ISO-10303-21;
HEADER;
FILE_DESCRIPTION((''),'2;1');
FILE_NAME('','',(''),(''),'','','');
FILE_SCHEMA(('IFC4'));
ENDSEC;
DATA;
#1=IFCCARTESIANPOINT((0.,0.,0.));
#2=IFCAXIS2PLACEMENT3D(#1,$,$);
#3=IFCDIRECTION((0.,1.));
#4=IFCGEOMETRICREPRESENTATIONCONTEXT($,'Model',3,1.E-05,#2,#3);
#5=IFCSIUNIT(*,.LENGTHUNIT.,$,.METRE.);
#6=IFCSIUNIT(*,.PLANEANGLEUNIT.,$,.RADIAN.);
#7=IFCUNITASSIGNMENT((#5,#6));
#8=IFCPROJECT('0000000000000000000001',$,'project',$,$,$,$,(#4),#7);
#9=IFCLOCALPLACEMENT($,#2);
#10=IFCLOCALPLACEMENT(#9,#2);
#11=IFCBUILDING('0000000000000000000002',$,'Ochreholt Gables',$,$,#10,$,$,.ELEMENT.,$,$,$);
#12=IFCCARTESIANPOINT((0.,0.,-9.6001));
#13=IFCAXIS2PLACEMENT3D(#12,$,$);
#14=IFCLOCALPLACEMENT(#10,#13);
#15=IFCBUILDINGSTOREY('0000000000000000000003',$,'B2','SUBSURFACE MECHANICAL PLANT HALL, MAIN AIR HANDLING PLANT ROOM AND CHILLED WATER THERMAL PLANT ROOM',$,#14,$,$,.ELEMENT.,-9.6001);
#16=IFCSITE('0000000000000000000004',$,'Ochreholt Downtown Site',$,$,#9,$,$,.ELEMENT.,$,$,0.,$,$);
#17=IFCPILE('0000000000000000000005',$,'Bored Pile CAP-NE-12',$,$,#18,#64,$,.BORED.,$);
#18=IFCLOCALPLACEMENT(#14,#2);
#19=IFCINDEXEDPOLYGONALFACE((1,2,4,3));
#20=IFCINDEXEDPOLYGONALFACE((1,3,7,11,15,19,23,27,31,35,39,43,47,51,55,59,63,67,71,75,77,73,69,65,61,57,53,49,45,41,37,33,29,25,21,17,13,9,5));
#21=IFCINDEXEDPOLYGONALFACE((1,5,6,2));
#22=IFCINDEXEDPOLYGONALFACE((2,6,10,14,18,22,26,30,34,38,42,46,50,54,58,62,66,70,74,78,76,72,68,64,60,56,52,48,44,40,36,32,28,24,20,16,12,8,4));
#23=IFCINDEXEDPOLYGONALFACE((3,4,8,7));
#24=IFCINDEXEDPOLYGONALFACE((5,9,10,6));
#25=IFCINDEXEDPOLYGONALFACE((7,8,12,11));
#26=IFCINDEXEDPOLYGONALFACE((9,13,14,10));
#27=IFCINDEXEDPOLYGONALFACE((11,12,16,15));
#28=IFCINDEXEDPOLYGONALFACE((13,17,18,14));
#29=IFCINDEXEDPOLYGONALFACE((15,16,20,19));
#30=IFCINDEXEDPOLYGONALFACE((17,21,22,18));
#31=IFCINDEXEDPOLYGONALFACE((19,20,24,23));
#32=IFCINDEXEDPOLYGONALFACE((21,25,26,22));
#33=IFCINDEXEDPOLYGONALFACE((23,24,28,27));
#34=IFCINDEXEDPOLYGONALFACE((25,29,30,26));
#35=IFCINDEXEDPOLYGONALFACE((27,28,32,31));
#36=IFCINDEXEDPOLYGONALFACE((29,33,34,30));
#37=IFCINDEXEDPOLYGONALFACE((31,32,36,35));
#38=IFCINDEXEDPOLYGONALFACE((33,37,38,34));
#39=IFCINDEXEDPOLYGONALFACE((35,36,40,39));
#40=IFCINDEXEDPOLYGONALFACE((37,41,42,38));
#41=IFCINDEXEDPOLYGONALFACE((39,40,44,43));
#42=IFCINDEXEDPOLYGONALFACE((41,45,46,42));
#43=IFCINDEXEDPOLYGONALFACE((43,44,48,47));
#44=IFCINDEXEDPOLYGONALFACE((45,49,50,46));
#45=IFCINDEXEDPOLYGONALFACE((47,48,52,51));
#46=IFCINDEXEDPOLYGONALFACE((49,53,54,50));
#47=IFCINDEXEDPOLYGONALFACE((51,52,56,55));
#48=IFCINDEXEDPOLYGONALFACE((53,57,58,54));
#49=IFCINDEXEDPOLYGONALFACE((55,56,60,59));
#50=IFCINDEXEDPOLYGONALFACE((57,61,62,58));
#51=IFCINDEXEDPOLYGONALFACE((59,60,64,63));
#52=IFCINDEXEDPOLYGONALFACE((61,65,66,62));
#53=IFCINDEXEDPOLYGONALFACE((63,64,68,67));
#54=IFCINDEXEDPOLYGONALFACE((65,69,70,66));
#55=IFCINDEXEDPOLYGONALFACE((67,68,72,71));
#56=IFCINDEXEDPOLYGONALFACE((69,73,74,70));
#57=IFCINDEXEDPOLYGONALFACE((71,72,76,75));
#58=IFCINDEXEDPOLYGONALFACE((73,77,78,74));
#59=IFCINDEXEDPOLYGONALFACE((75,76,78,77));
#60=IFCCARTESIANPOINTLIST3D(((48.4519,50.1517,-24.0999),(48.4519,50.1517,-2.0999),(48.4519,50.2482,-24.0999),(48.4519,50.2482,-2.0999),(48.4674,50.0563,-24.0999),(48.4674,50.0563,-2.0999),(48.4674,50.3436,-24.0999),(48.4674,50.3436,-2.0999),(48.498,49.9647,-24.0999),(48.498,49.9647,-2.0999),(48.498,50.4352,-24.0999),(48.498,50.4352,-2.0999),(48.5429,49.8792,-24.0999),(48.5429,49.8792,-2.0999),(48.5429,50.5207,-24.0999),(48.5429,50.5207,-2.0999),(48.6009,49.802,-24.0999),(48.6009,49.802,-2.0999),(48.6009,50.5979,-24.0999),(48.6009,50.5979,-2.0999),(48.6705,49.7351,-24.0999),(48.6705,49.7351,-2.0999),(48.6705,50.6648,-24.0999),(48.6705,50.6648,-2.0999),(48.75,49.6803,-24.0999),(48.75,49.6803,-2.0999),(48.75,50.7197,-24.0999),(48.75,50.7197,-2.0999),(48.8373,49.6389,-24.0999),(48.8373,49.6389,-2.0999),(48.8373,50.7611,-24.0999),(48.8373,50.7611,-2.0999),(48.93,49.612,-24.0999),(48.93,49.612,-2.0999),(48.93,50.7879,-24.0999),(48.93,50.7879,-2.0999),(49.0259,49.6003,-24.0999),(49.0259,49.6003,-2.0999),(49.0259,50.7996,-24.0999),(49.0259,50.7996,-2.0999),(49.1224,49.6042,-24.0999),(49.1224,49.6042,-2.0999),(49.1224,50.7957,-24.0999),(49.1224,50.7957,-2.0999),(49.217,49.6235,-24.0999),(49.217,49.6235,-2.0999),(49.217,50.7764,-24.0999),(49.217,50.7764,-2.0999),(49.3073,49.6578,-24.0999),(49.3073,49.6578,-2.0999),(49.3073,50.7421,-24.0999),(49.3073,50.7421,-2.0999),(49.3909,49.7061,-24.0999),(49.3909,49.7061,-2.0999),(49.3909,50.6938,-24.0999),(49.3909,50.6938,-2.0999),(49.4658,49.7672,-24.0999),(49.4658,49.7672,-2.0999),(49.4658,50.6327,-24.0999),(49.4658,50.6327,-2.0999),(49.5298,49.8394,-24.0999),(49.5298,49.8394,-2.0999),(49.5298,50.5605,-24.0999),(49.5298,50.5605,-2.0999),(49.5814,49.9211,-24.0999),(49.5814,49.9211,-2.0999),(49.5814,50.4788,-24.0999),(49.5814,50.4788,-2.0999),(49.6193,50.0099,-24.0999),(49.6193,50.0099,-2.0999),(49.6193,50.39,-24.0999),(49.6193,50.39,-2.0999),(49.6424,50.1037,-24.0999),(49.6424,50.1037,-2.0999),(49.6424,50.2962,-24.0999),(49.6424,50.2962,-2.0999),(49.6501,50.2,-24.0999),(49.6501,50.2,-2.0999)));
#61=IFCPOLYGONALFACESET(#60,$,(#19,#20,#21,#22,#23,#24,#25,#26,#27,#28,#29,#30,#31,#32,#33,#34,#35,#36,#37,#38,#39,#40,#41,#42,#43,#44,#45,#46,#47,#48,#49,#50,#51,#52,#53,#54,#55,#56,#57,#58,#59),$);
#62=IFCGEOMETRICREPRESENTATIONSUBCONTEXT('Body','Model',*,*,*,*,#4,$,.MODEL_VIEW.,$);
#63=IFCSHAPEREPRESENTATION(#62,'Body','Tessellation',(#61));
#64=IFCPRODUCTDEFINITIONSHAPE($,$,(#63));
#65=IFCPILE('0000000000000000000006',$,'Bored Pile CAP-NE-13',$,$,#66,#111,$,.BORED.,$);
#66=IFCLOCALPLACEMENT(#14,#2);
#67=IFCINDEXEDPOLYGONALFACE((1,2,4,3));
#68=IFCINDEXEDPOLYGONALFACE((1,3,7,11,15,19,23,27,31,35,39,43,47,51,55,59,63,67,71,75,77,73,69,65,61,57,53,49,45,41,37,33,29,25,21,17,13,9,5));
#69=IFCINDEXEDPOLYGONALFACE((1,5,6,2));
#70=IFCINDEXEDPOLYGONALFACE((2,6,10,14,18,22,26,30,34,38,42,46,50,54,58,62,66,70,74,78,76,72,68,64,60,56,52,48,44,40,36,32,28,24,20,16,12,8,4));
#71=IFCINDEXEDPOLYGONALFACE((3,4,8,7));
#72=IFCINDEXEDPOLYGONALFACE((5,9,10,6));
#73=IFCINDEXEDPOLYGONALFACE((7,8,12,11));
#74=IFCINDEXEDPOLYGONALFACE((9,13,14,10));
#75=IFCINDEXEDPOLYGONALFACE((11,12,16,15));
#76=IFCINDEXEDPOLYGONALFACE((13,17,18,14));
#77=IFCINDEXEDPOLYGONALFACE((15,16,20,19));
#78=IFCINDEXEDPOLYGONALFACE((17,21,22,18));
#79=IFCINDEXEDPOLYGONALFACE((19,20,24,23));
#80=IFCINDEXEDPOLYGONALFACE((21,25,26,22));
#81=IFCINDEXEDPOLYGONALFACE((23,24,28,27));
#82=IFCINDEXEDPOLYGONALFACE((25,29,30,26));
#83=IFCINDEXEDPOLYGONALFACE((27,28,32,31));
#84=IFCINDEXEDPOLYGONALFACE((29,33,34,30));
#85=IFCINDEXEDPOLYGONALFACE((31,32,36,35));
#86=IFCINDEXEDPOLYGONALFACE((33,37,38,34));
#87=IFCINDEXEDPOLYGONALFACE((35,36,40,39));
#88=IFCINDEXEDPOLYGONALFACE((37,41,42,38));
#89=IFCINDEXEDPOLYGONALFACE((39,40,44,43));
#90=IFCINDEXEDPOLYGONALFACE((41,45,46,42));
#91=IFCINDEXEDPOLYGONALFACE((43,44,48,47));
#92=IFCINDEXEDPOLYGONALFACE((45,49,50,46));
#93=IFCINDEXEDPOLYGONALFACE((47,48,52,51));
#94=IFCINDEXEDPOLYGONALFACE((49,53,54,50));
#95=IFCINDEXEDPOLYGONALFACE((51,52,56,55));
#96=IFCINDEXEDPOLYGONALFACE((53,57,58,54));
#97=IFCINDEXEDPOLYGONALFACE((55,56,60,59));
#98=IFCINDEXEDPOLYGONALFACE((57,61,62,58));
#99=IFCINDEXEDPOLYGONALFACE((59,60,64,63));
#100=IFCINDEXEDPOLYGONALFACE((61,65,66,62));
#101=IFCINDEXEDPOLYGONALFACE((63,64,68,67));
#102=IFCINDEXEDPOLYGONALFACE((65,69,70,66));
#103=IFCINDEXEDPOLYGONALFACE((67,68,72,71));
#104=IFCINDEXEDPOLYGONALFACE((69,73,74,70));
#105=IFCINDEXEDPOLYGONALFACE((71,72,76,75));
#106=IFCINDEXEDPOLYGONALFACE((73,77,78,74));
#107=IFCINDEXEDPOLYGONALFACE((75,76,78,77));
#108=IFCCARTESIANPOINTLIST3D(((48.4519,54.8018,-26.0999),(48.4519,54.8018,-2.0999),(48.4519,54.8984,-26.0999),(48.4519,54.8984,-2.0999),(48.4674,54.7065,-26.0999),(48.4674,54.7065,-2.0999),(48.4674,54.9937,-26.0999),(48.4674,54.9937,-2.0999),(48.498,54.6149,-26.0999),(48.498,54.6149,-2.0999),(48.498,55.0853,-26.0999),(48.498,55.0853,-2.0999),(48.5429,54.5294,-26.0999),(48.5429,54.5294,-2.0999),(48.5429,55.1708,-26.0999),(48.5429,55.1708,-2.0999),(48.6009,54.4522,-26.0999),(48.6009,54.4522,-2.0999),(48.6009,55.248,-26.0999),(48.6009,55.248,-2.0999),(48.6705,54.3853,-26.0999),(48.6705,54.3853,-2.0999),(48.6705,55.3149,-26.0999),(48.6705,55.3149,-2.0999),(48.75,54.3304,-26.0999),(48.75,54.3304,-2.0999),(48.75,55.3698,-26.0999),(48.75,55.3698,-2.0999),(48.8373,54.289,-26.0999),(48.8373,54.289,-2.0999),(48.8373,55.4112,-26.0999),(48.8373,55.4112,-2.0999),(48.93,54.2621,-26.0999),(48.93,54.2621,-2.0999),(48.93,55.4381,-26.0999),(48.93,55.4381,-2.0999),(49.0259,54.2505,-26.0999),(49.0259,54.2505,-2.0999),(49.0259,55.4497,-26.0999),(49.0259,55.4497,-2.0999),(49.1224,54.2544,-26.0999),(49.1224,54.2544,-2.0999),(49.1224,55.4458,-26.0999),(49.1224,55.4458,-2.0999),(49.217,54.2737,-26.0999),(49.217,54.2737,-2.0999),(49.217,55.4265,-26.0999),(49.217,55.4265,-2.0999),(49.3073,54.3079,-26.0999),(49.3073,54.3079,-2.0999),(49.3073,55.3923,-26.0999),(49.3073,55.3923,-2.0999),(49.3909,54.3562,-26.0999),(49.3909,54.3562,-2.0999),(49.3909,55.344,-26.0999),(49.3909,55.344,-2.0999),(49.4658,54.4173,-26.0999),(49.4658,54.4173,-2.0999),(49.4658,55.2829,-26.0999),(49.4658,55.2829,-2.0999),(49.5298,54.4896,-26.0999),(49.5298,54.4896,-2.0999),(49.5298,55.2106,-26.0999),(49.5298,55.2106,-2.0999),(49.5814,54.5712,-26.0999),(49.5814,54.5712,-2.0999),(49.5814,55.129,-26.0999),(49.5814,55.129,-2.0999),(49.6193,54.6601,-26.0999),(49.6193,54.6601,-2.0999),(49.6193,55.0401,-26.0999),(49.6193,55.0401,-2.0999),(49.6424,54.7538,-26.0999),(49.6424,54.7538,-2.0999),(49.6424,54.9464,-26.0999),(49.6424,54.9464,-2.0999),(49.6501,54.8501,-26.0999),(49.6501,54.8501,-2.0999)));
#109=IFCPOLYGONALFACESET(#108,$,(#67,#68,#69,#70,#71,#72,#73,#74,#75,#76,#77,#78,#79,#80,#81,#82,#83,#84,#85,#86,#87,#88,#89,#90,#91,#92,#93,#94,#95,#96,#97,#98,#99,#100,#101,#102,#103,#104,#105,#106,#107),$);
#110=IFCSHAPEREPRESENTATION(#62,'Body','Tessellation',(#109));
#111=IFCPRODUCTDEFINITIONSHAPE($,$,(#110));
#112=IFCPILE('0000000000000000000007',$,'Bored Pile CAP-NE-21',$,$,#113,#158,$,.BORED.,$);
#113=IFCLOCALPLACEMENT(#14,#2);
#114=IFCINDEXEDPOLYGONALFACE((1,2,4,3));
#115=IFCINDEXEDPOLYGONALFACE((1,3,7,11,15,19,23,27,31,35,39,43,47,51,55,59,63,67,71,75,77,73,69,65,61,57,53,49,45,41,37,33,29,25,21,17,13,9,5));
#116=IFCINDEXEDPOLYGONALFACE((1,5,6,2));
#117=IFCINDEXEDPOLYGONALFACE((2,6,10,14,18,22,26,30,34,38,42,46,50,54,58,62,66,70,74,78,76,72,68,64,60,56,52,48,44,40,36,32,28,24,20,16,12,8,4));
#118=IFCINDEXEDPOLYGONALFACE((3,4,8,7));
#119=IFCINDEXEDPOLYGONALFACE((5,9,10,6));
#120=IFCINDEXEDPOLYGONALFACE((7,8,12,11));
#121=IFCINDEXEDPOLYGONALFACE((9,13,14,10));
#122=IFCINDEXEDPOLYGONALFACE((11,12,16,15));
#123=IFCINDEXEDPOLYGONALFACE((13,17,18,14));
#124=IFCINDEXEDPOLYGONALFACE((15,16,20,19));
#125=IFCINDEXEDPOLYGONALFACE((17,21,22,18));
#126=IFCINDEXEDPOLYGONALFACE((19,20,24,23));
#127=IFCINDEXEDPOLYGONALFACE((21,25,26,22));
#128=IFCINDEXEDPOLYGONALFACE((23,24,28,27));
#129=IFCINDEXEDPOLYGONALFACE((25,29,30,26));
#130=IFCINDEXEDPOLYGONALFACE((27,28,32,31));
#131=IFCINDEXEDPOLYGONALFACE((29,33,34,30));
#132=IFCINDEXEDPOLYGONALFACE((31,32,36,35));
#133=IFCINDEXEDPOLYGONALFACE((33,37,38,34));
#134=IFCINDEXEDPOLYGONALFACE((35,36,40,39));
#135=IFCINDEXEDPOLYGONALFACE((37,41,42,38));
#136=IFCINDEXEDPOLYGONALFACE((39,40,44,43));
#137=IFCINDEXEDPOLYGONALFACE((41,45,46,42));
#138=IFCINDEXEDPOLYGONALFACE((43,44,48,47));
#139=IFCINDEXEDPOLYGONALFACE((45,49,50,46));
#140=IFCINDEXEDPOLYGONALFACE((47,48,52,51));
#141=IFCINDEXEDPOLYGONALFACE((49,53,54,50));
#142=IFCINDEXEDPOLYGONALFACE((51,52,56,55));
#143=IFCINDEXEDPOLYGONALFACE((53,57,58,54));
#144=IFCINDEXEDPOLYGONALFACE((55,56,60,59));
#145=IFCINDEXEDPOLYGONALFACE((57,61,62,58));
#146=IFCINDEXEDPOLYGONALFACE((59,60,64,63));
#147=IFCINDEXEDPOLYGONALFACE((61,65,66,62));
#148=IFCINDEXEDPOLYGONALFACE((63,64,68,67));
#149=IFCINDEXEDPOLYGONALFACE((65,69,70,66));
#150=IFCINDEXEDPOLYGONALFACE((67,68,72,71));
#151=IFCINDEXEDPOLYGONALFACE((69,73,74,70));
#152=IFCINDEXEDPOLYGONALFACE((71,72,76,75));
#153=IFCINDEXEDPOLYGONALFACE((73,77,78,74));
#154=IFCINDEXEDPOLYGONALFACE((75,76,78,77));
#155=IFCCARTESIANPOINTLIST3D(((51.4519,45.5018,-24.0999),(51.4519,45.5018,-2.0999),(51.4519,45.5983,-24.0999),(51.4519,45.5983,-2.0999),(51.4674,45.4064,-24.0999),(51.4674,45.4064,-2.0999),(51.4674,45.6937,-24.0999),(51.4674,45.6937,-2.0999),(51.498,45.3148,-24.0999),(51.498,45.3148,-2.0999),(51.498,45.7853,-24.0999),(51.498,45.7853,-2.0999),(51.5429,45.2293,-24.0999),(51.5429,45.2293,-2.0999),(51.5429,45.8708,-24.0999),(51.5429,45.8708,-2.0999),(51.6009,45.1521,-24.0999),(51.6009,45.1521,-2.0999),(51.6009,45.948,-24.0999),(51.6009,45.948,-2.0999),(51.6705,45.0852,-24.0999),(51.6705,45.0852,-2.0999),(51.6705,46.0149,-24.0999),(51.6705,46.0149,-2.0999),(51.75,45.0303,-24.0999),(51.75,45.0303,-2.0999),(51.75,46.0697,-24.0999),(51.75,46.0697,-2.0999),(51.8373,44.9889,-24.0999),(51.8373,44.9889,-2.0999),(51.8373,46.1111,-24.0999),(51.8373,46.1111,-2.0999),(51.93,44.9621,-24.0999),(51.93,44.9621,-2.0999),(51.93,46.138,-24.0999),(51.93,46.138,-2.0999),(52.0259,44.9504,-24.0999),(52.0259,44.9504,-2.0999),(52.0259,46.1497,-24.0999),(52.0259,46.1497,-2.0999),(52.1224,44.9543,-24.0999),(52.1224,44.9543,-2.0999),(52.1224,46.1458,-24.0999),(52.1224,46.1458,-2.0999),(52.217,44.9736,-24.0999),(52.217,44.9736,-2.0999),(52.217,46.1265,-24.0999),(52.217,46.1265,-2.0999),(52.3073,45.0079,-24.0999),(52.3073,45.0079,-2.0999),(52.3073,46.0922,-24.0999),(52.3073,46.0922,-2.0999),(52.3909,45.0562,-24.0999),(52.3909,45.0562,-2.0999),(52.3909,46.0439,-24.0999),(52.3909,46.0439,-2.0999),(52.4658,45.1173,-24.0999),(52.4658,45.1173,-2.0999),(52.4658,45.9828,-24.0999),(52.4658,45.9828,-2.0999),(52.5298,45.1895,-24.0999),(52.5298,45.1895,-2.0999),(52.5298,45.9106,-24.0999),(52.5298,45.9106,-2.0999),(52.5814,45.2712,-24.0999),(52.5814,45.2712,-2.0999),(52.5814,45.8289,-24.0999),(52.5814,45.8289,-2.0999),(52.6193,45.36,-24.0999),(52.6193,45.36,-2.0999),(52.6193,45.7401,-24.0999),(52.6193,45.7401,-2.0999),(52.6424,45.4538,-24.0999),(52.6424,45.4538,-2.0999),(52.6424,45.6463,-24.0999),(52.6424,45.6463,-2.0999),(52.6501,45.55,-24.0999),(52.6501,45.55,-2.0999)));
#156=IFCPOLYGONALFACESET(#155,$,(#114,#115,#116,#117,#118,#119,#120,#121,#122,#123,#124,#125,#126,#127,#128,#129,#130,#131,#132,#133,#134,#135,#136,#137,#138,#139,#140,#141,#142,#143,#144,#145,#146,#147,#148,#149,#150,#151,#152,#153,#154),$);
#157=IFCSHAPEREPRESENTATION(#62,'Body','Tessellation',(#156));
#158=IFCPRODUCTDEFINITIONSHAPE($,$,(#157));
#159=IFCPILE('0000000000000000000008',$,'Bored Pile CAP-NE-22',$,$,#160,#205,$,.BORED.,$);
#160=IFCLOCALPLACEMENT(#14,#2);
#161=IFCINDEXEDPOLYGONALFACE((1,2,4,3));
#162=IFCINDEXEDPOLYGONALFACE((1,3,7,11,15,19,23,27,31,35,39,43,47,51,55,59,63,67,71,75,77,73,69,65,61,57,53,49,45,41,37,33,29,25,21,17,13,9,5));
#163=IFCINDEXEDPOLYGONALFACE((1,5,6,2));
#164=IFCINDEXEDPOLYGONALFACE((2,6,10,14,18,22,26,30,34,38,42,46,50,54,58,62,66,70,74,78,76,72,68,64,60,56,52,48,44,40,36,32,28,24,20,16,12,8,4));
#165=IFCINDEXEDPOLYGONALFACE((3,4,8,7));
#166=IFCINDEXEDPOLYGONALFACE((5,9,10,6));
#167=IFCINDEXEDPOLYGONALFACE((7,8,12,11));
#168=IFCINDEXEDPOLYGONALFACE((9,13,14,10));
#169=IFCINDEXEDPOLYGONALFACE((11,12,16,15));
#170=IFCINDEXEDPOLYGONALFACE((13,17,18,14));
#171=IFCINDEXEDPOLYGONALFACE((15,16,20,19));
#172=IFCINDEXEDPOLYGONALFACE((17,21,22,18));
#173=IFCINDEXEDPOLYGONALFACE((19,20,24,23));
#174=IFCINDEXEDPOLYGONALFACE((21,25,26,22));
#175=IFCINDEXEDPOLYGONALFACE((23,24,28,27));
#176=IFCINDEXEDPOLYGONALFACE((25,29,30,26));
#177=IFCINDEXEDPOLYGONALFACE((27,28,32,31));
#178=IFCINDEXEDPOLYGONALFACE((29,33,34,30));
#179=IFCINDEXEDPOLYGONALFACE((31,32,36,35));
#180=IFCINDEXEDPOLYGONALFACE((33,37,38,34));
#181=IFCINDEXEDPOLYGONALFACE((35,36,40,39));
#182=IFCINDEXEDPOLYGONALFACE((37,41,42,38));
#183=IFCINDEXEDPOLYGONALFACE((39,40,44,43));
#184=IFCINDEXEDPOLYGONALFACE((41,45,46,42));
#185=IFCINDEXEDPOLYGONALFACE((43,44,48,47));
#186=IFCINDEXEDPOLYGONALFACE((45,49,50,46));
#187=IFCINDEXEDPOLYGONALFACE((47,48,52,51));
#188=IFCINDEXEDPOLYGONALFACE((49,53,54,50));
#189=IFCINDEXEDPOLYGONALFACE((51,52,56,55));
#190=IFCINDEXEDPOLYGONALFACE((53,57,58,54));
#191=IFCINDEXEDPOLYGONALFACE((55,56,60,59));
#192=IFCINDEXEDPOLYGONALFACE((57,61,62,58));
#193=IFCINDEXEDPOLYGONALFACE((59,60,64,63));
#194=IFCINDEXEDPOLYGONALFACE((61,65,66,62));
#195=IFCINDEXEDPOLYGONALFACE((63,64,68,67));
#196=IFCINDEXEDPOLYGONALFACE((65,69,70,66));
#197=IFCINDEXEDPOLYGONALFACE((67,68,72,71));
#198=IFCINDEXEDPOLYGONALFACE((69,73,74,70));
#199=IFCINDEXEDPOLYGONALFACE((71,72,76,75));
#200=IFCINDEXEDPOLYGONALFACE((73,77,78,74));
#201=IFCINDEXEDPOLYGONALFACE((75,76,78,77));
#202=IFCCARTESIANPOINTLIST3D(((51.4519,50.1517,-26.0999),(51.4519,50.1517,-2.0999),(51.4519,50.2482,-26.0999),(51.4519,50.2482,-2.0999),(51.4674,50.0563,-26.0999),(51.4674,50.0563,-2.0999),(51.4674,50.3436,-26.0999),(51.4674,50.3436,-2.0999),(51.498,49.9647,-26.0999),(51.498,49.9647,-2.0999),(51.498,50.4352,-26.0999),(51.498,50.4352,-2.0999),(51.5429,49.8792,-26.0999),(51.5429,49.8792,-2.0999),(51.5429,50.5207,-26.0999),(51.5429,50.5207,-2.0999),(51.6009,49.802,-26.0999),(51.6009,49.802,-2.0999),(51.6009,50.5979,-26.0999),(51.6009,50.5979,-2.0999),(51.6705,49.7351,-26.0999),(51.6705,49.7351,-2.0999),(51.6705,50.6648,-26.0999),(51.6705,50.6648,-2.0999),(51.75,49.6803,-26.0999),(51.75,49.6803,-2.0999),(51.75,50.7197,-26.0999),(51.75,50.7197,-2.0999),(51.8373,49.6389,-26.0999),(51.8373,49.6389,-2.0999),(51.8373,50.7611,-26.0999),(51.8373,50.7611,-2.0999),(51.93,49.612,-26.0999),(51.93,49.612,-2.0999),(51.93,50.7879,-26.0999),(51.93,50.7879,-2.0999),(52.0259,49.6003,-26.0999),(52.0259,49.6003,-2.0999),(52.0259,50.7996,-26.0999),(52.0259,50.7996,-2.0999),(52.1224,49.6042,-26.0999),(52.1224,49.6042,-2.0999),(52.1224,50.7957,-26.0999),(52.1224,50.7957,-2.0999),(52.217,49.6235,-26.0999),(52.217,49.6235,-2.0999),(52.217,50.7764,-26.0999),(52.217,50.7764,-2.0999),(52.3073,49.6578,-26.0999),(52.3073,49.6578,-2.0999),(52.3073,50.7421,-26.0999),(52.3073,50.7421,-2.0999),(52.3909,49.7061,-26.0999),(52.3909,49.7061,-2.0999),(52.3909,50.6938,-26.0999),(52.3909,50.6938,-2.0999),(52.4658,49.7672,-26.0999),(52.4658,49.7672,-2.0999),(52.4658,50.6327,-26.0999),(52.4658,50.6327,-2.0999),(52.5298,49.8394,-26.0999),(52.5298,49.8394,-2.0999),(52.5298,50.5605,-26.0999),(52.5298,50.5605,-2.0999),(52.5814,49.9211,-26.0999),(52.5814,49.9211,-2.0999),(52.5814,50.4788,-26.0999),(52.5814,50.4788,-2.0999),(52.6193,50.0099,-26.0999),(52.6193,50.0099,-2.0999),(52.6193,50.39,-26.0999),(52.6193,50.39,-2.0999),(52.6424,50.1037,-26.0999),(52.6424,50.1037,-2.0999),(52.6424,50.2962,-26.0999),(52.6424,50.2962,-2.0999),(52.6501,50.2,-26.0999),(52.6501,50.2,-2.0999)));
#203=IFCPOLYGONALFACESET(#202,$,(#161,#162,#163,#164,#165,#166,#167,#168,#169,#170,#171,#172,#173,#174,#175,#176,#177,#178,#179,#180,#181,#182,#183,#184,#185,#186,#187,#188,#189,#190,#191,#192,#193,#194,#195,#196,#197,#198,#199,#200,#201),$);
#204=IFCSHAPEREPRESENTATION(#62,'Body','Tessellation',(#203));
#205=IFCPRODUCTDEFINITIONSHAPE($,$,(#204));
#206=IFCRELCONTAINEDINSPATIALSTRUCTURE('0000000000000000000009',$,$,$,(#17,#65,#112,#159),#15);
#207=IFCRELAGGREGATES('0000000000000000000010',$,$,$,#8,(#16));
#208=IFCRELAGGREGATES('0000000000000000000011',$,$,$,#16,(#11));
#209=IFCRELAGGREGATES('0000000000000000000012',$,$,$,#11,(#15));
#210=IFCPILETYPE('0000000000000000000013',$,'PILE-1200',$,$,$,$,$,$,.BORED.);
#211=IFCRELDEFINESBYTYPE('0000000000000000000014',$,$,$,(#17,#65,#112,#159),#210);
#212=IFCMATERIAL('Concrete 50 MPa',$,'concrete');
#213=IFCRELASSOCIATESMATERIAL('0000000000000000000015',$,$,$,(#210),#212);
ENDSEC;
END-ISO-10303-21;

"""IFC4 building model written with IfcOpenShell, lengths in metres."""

from ifc_helpers import new_model, si_unit, direction, frame, origin, origin_2d, place, context, subcontext, project, spatial, circle, extrude, material, material_profile, profile_set, type_object, element, save


model = new_model("IFC4")

# Units and contexts
model_context = context("Model", 3, precision=1e-05, world=origin(), true_north=direction((0.0, 1.0)))
body_context = subcontext(model_context, "Body", "Model", "MODEL_VIEW")
ifc_project = project(units=[si_unit("LENGTHUNIT", "METRE"), si_unit("PLANEANGLEUNIT", "RADIAN")], contexts=[model_context])

# Site, building, storey
site_placement = place(None, origin())
site = spatial("IfcSite", under=ifc_project, at=site_placement, Name="Ochreholt Downtown Site", CompositionType="ELEMENT", RefElevation=0.0)
building_placement = place(site_placement, origin())
building = spatial("IfcBuilding", under=site, at=building_placement, Name="Ochreholt Gables", CompositionType="ELEMENT")
storey_placement = place(building_placement, frame((0.0, 0.0, -9.6001)))
storey = spatial("IfcBuildingStorey", under=building, at=storey_placement, Name="B2", Description="SUBSURFACE MECHANICAL PLANT HALL, MAIN AIR HANDLING PLANT ROOM AND CHILLED WATER THERMAL PLANT ROOM", CompositionType="ELEMENT", Elevation=-9.6001)

# Shared definitions
ifc_material_1 = material(Name="Concrete 50 MPa", Category="concrete")

# Piles
ifc_material_profile_1 = material_profile(ifc_material_1, circle(Radius=0.6001, at=origin_2d()), Name="PILE1200")
ifc_profile_set_1 = profile_set([ifc_material_profile_1], Name="Concrete 50 MPa")
pile_type = type_object("IfcPileType", Name="PILE-1200", PredefinedType="BORED", material=ifc_profile_set_1)
pile_1_placement = place(storey_placement, frame((49.05, 50.2, -2.0999), z_axis=(0.0, 0.0, -1.0), x_axis=(1.0, 0.0, 0.0)))
element("IfcPile", 1, at=pile_1_placement, inside=storey, type_object=pile_type, Name="Bored Pile CAP-NE-12", PredefinedType="BORED", context=body_context, shape_type="SweptSolid", body=[
    extrude(circle(Radius=0.6001, at=origin_2d()), origin(), (0.0, 0.0, 1.0), 22.0),
])
pile_2_placement = place(storey_placement, frame((49.05, 54.8501, -2.0999), z_axis=(0.0, 0.0, -1.0), x_axis=(1.0, 0.0, 0.0)))
element("IfcPile", 2, at=pile_2_placement, inside=storey, type_object=pile_type, Name="Bored Pile CAP-NE-13", PredefinedType="BORED", context=body_context, shape_type="SweptSolid", body=[
    extrude(circle(Radius=0.6001, at=origin_2d()), origin(), (0.0, 0.0, 1.0), 24.0),
])
pile_3_placement = place(storey_placement, frame((52.05, 45.55, -2.0999), z_axis=(0.0, 0.0, -1.0), x_axis=(1.0, 0.0, 0.0)))
element("IfcPile", 3, at=pile_3_placement, inside=storey, type_object=pile_type, Name="Bored Pile CAP-NE-21", PredefinedType="BORED", context=body_context, shape_type="SweptSolid", body=[
    extrude(circle(Radius=0.6001, at=origin_2d()), origin(), (0.0, 0.0, 1.0), 22.0),
])
pile_4_placement = place(storey_placement, frame((52.05, 50.2, -2.0999), z_axis=(0.0, 0.0, -1.0), x_axis=(1.0, 0.0, 0.0)))
element("IfcPile", 4, at=pile_4_placement, inside=storey, type_object=pile_type, Name="Bored Pile CAP-NE-22", PredefinedType="BORED", context=body_context, shape_type="SweptSolid", body=[
    extrude(circle(Radius=0.6001, at=origin_2d()), origin(), (0.0, 0.0, 1.0), 24.0),
])

save(model, "model.ifc")
